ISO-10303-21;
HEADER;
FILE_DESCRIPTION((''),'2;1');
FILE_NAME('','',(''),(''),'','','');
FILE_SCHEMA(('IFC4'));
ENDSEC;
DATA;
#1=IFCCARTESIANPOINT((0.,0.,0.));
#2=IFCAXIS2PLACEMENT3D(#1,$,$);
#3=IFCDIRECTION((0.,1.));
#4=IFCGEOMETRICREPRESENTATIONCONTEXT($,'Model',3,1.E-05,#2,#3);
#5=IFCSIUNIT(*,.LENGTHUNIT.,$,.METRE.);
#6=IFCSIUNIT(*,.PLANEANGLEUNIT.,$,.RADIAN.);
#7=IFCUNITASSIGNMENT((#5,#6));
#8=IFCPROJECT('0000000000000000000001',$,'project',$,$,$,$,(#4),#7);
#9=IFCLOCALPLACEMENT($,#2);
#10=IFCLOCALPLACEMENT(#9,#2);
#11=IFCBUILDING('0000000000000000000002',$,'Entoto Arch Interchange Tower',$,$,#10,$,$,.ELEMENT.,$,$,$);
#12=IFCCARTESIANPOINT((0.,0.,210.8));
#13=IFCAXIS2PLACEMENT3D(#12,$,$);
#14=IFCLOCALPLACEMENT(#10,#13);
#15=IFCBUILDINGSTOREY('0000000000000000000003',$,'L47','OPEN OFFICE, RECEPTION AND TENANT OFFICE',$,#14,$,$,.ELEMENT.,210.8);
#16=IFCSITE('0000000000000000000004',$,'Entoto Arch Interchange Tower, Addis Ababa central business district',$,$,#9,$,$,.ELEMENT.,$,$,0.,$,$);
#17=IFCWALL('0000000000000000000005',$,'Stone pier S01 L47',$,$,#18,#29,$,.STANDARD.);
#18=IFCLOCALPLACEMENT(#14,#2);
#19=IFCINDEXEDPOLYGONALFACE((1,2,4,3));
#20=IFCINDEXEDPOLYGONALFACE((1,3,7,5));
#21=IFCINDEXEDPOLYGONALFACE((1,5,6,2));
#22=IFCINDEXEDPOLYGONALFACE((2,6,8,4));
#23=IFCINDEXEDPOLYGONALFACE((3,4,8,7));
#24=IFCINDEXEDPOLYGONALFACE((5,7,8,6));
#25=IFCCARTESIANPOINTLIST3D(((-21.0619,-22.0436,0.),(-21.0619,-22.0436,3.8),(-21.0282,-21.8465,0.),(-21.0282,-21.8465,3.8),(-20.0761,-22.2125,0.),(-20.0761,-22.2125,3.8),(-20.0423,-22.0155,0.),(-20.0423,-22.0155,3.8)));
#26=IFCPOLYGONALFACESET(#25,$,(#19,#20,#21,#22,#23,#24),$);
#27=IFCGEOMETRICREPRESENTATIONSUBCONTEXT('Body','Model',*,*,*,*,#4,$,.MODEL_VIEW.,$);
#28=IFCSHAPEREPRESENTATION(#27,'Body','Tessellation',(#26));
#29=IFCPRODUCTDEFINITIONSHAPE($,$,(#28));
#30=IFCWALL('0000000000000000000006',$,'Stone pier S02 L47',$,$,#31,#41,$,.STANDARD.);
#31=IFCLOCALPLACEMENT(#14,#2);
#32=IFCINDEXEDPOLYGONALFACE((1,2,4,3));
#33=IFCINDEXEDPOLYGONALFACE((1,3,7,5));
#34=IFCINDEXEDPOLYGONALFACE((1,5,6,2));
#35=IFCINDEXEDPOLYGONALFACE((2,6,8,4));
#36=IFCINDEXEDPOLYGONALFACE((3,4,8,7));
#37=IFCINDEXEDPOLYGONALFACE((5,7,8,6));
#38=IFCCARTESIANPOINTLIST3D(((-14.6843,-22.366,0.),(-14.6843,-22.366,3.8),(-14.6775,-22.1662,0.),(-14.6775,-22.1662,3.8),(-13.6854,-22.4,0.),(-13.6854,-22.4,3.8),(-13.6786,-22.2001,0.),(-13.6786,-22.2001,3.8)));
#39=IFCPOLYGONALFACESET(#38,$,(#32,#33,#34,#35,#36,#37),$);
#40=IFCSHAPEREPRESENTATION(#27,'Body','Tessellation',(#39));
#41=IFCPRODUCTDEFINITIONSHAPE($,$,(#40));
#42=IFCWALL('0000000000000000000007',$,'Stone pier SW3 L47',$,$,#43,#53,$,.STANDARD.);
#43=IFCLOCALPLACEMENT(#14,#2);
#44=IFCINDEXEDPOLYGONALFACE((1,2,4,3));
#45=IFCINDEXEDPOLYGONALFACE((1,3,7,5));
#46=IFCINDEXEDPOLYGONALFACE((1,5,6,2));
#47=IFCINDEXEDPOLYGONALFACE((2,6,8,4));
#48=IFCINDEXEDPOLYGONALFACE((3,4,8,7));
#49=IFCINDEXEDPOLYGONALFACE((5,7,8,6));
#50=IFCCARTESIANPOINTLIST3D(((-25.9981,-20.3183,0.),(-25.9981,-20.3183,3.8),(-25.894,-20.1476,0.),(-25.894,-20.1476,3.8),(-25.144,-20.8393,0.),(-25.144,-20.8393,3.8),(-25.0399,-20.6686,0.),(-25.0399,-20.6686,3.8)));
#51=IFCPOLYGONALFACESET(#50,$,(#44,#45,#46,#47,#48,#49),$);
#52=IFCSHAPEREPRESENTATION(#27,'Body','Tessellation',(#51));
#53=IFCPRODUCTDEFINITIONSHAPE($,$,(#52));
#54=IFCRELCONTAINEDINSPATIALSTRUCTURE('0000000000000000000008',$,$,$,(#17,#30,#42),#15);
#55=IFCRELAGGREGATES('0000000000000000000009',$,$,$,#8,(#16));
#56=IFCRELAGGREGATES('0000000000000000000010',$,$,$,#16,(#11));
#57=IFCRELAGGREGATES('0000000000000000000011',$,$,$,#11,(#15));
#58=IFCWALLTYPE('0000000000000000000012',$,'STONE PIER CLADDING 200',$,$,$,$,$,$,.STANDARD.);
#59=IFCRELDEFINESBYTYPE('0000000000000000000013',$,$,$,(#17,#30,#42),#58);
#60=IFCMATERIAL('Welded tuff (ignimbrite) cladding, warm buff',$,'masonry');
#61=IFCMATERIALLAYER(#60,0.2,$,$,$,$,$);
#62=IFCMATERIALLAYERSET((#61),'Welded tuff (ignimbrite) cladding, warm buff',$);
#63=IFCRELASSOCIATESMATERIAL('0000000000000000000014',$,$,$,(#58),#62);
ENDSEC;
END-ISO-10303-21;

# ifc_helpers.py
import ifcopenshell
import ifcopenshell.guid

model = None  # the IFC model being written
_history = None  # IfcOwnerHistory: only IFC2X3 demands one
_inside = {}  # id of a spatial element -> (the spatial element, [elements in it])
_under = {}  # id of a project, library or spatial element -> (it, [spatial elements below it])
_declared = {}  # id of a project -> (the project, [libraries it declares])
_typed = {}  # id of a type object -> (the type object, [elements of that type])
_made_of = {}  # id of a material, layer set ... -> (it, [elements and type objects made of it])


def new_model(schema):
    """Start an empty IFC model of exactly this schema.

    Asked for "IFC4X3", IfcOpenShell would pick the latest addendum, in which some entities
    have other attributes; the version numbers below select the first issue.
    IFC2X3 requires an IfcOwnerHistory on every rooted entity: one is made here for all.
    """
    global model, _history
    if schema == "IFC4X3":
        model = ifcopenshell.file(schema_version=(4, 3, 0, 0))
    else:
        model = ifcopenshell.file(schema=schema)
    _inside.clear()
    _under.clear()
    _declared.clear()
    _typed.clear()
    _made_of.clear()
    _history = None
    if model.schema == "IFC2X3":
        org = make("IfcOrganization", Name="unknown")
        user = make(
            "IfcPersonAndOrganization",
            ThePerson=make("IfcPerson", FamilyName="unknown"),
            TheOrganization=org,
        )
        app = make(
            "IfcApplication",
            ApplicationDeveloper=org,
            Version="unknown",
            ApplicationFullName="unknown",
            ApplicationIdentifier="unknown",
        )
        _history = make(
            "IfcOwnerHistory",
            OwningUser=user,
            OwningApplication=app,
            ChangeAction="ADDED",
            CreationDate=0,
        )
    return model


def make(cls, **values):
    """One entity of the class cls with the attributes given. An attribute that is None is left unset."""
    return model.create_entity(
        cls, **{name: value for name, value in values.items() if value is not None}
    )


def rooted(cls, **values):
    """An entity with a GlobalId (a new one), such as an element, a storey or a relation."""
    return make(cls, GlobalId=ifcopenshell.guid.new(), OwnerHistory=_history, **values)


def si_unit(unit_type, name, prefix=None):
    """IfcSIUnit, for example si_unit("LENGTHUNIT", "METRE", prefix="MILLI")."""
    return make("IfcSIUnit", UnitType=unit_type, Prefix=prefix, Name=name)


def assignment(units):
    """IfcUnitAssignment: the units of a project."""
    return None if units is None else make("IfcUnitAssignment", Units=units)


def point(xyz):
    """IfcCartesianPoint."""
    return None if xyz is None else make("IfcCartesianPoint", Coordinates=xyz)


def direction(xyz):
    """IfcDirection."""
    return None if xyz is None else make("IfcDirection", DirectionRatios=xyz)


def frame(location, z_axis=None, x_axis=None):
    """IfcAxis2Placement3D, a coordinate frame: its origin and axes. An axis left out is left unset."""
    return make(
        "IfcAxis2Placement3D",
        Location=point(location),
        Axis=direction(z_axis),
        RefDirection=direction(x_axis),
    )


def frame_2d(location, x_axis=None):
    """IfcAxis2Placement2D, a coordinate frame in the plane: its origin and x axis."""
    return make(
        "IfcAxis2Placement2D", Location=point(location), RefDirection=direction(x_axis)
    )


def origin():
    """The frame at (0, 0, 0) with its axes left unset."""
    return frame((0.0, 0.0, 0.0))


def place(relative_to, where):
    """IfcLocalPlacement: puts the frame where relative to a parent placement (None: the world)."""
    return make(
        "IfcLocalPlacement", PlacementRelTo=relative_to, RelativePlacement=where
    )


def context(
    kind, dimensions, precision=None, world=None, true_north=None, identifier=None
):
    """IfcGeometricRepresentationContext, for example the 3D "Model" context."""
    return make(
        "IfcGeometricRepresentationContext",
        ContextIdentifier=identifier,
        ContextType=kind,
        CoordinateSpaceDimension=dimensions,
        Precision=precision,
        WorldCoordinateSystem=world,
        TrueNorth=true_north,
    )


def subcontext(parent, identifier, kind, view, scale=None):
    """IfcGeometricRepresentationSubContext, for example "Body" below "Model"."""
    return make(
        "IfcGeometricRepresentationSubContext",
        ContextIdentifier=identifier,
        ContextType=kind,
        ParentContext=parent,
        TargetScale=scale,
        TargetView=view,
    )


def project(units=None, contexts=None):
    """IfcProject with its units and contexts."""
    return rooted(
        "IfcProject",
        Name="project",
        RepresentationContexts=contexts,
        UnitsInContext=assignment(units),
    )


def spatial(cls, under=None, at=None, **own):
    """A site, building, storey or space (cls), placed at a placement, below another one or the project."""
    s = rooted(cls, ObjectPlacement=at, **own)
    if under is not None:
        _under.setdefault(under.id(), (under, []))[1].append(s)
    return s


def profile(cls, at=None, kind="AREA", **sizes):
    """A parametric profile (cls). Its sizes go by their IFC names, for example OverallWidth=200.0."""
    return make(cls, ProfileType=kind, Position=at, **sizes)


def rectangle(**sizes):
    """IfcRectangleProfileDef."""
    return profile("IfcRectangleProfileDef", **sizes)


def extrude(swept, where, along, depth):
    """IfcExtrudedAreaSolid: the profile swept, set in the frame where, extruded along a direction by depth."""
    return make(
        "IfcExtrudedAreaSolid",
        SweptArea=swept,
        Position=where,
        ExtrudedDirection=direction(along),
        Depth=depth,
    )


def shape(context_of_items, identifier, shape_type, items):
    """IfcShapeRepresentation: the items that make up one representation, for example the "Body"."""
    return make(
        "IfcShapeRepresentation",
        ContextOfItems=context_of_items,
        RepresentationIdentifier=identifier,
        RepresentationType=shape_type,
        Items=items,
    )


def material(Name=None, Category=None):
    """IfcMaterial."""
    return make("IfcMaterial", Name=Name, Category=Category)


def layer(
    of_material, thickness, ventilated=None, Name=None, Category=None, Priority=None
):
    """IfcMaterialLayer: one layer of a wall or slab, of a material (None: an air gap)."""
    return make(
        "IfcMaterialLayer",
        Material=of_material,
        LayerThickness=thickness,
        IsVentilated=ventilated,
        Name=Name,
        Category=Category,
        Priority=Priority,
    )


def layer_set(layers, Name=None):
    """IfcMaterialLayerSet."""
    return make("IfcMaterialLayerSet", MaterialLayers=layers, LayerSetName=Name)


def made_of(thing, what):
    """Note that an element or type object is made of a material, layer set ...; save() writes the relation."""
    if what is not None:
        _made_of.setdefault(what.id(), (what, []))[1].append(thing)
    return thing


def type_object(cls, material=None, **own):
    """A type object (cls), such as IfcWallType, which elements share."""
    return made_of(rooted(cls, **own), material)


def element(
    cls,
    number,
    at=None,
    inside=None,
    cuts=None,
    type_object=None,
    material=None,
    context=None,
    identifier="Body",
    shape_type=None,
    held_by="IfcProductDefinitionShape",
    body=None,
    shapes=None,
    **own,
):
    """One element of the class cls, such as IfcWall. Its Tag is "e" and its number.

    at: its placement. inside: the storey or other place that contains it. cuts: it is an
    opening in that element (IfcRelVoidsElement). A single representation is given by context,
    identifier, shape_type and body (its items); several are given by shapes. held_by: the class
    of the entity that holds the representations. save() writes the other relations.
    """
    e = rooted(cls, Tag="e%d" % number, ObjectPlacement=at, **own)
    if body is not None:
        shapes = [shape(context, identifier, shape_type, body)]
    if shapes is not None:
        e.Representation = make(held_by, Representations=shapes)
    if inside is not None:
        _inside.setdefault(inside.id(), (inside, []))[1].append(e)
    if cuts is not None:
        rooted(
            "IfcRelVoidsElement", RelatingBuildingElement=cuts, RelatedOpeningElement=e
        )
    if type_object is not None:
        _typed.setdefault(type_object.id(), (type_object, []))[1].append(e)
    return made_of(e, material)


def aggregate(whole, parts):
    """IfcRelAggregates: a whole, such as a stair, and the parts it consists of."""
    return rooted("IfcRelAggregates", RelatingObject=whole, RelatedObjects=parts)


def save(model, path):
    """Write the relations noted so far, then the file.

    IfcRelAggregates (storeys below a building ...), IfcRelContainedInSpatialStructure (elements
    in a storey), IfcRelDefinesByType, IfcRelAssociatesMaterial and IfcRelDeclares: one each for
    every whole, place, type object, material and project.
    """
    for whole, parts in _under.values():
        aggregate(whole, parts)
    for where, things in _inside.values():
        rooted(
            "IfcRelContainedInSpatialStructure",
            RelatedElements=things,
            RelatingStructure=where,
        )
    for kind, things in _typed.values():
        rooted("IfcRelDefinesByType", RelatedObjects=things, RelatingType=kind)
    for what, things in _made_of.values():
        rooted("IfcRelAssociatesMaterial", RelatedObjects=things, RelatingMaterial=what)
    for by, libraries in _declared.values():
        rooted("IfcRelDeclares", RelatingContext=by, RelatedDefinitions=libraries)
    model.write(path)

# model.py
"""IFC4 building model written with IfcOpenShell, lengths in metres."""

from ifc_helpers import new_model, si_unit, direction, frame, frame_2d, origin, place, context, subcontext, project, spatial, rectangle, extrude, material, layer, layer_set, type_object, element, save


model = new_model("IFC4")

# Units and contexts
model_context = context("Model", 3, precision=1e-05, world=origin(), true_north=direction((0.0, 1.0)))
body_context = subcontext(model_context, "Body", "Model", "MODEL_VIEW")
ifc_project = project(units=[si_unit("LENGTHUNIT", "METRE"), si_unit("PLANEANGLEUNIT", "RADIAN")], contexts=[model_context])

# Site, building, storey
site_placement = place(None, origin())
site = spatial("IfcSite", under=ifc_project, at=site_placement, Name="Entoto Arch Interchange Tower, Addis Ababa central business district", CompositionType="ELEMENT", RefElevation=0.0)
building_placement = place(site_placement, origin())
building = spatial("IfcBuilding", under=site, at=building_placement, Name="Entoto Arch Interchange Tower", CompositionType="ELEMENT")
storey_placement = place(building_placement, frame((0.0, 0.0, 210.8)))
storey = spatial("IfcBuildingStorey", under=building, at=storey_placement, Name="L47", Description="OPEN OFFICE, RECEPTION AND TENANT OFFICE", CompositionType="ELEMENT", Elevation=210.8)

# Shared definitions
ifc_material_1 = material(Name="Welded tuff (ignimbrite) cladding, warm buff", Category="masonry")

# Walls
ifc_layer_1 = layer(ifc_material_1, 0.2)
ifc_layer_set_1 = layer_set([ifc_layer_1], Name="Welded tuff (ignimbrite) cladding, warm buff")
wall_type_1 = type_object("IfcWallType", Name="STONE PIER CLADDING 200", PredefinedType="STANDARD", material=ifc_layer_set_1)
wall_1_placement = place(storey_placement, frame((-21.0449, -21.9451, 0.0), z_axis=(0.0, 0.0, 1.0), x_axis=(0.985632, -0.16891, 0.0)))
element("IfcWall", 1, at=wall_1_placement, inside=storey, type_object=wall_type_1, Name="Stone pier S01 L47", PredefinedType="STANDARD", context=body_context, shape_type="SweptSolid", body=[
    extrude(rectangle(XDim=1.0002, YDim=0.2, at=frame_2d((0.5, 0.0))), origin(), (0.0, 0.0, 1.0), 3.8),
])
wall_2_placement = place(storey_placement, frame((-14.6809, -22.2661, 0.0), z_axis=(0.0, 0.0, 1.0), x_axis=(0.999424, -0.033949, 0.0)))
element("IfcWall", 2, at=wall_2_placement, inside=storey, type_object=wall_type_1, Name="Stone pier S02 L47", PredefinedType="STANDARD", context=body_context, shape_type="SweptSolid", body=[
    extrude(rectangle(XDim=0.9995, YDim=0.2, at=frame_2d((0.4998, 0.0))), origin(), (0.0, 0.0, 1.0), 3.8),
])
wall_3_placement = place(storey_placement, frame((-25.946, -20.2329, 0.0), z_axis=(0.0, 0.0, 1.0), x_axis=(0.85368, -0.520798, 0.0)))
element("IfcWall", 3, at=wall_3_placement, inside=storey, type_object=wall_type_1, Name="Stone pier SW3 L47", PredefinedType="STANDARD", context=body_context, shape_type="SweptSolid", body=[
    extrude(rectangle(XDim=1.0005, YDim=0.2, at=frame_2d((0.5002, 0.0))), origin(), (0.0, 0.0, 1.0), 3.8),
])

save(model, "model.ifc")
